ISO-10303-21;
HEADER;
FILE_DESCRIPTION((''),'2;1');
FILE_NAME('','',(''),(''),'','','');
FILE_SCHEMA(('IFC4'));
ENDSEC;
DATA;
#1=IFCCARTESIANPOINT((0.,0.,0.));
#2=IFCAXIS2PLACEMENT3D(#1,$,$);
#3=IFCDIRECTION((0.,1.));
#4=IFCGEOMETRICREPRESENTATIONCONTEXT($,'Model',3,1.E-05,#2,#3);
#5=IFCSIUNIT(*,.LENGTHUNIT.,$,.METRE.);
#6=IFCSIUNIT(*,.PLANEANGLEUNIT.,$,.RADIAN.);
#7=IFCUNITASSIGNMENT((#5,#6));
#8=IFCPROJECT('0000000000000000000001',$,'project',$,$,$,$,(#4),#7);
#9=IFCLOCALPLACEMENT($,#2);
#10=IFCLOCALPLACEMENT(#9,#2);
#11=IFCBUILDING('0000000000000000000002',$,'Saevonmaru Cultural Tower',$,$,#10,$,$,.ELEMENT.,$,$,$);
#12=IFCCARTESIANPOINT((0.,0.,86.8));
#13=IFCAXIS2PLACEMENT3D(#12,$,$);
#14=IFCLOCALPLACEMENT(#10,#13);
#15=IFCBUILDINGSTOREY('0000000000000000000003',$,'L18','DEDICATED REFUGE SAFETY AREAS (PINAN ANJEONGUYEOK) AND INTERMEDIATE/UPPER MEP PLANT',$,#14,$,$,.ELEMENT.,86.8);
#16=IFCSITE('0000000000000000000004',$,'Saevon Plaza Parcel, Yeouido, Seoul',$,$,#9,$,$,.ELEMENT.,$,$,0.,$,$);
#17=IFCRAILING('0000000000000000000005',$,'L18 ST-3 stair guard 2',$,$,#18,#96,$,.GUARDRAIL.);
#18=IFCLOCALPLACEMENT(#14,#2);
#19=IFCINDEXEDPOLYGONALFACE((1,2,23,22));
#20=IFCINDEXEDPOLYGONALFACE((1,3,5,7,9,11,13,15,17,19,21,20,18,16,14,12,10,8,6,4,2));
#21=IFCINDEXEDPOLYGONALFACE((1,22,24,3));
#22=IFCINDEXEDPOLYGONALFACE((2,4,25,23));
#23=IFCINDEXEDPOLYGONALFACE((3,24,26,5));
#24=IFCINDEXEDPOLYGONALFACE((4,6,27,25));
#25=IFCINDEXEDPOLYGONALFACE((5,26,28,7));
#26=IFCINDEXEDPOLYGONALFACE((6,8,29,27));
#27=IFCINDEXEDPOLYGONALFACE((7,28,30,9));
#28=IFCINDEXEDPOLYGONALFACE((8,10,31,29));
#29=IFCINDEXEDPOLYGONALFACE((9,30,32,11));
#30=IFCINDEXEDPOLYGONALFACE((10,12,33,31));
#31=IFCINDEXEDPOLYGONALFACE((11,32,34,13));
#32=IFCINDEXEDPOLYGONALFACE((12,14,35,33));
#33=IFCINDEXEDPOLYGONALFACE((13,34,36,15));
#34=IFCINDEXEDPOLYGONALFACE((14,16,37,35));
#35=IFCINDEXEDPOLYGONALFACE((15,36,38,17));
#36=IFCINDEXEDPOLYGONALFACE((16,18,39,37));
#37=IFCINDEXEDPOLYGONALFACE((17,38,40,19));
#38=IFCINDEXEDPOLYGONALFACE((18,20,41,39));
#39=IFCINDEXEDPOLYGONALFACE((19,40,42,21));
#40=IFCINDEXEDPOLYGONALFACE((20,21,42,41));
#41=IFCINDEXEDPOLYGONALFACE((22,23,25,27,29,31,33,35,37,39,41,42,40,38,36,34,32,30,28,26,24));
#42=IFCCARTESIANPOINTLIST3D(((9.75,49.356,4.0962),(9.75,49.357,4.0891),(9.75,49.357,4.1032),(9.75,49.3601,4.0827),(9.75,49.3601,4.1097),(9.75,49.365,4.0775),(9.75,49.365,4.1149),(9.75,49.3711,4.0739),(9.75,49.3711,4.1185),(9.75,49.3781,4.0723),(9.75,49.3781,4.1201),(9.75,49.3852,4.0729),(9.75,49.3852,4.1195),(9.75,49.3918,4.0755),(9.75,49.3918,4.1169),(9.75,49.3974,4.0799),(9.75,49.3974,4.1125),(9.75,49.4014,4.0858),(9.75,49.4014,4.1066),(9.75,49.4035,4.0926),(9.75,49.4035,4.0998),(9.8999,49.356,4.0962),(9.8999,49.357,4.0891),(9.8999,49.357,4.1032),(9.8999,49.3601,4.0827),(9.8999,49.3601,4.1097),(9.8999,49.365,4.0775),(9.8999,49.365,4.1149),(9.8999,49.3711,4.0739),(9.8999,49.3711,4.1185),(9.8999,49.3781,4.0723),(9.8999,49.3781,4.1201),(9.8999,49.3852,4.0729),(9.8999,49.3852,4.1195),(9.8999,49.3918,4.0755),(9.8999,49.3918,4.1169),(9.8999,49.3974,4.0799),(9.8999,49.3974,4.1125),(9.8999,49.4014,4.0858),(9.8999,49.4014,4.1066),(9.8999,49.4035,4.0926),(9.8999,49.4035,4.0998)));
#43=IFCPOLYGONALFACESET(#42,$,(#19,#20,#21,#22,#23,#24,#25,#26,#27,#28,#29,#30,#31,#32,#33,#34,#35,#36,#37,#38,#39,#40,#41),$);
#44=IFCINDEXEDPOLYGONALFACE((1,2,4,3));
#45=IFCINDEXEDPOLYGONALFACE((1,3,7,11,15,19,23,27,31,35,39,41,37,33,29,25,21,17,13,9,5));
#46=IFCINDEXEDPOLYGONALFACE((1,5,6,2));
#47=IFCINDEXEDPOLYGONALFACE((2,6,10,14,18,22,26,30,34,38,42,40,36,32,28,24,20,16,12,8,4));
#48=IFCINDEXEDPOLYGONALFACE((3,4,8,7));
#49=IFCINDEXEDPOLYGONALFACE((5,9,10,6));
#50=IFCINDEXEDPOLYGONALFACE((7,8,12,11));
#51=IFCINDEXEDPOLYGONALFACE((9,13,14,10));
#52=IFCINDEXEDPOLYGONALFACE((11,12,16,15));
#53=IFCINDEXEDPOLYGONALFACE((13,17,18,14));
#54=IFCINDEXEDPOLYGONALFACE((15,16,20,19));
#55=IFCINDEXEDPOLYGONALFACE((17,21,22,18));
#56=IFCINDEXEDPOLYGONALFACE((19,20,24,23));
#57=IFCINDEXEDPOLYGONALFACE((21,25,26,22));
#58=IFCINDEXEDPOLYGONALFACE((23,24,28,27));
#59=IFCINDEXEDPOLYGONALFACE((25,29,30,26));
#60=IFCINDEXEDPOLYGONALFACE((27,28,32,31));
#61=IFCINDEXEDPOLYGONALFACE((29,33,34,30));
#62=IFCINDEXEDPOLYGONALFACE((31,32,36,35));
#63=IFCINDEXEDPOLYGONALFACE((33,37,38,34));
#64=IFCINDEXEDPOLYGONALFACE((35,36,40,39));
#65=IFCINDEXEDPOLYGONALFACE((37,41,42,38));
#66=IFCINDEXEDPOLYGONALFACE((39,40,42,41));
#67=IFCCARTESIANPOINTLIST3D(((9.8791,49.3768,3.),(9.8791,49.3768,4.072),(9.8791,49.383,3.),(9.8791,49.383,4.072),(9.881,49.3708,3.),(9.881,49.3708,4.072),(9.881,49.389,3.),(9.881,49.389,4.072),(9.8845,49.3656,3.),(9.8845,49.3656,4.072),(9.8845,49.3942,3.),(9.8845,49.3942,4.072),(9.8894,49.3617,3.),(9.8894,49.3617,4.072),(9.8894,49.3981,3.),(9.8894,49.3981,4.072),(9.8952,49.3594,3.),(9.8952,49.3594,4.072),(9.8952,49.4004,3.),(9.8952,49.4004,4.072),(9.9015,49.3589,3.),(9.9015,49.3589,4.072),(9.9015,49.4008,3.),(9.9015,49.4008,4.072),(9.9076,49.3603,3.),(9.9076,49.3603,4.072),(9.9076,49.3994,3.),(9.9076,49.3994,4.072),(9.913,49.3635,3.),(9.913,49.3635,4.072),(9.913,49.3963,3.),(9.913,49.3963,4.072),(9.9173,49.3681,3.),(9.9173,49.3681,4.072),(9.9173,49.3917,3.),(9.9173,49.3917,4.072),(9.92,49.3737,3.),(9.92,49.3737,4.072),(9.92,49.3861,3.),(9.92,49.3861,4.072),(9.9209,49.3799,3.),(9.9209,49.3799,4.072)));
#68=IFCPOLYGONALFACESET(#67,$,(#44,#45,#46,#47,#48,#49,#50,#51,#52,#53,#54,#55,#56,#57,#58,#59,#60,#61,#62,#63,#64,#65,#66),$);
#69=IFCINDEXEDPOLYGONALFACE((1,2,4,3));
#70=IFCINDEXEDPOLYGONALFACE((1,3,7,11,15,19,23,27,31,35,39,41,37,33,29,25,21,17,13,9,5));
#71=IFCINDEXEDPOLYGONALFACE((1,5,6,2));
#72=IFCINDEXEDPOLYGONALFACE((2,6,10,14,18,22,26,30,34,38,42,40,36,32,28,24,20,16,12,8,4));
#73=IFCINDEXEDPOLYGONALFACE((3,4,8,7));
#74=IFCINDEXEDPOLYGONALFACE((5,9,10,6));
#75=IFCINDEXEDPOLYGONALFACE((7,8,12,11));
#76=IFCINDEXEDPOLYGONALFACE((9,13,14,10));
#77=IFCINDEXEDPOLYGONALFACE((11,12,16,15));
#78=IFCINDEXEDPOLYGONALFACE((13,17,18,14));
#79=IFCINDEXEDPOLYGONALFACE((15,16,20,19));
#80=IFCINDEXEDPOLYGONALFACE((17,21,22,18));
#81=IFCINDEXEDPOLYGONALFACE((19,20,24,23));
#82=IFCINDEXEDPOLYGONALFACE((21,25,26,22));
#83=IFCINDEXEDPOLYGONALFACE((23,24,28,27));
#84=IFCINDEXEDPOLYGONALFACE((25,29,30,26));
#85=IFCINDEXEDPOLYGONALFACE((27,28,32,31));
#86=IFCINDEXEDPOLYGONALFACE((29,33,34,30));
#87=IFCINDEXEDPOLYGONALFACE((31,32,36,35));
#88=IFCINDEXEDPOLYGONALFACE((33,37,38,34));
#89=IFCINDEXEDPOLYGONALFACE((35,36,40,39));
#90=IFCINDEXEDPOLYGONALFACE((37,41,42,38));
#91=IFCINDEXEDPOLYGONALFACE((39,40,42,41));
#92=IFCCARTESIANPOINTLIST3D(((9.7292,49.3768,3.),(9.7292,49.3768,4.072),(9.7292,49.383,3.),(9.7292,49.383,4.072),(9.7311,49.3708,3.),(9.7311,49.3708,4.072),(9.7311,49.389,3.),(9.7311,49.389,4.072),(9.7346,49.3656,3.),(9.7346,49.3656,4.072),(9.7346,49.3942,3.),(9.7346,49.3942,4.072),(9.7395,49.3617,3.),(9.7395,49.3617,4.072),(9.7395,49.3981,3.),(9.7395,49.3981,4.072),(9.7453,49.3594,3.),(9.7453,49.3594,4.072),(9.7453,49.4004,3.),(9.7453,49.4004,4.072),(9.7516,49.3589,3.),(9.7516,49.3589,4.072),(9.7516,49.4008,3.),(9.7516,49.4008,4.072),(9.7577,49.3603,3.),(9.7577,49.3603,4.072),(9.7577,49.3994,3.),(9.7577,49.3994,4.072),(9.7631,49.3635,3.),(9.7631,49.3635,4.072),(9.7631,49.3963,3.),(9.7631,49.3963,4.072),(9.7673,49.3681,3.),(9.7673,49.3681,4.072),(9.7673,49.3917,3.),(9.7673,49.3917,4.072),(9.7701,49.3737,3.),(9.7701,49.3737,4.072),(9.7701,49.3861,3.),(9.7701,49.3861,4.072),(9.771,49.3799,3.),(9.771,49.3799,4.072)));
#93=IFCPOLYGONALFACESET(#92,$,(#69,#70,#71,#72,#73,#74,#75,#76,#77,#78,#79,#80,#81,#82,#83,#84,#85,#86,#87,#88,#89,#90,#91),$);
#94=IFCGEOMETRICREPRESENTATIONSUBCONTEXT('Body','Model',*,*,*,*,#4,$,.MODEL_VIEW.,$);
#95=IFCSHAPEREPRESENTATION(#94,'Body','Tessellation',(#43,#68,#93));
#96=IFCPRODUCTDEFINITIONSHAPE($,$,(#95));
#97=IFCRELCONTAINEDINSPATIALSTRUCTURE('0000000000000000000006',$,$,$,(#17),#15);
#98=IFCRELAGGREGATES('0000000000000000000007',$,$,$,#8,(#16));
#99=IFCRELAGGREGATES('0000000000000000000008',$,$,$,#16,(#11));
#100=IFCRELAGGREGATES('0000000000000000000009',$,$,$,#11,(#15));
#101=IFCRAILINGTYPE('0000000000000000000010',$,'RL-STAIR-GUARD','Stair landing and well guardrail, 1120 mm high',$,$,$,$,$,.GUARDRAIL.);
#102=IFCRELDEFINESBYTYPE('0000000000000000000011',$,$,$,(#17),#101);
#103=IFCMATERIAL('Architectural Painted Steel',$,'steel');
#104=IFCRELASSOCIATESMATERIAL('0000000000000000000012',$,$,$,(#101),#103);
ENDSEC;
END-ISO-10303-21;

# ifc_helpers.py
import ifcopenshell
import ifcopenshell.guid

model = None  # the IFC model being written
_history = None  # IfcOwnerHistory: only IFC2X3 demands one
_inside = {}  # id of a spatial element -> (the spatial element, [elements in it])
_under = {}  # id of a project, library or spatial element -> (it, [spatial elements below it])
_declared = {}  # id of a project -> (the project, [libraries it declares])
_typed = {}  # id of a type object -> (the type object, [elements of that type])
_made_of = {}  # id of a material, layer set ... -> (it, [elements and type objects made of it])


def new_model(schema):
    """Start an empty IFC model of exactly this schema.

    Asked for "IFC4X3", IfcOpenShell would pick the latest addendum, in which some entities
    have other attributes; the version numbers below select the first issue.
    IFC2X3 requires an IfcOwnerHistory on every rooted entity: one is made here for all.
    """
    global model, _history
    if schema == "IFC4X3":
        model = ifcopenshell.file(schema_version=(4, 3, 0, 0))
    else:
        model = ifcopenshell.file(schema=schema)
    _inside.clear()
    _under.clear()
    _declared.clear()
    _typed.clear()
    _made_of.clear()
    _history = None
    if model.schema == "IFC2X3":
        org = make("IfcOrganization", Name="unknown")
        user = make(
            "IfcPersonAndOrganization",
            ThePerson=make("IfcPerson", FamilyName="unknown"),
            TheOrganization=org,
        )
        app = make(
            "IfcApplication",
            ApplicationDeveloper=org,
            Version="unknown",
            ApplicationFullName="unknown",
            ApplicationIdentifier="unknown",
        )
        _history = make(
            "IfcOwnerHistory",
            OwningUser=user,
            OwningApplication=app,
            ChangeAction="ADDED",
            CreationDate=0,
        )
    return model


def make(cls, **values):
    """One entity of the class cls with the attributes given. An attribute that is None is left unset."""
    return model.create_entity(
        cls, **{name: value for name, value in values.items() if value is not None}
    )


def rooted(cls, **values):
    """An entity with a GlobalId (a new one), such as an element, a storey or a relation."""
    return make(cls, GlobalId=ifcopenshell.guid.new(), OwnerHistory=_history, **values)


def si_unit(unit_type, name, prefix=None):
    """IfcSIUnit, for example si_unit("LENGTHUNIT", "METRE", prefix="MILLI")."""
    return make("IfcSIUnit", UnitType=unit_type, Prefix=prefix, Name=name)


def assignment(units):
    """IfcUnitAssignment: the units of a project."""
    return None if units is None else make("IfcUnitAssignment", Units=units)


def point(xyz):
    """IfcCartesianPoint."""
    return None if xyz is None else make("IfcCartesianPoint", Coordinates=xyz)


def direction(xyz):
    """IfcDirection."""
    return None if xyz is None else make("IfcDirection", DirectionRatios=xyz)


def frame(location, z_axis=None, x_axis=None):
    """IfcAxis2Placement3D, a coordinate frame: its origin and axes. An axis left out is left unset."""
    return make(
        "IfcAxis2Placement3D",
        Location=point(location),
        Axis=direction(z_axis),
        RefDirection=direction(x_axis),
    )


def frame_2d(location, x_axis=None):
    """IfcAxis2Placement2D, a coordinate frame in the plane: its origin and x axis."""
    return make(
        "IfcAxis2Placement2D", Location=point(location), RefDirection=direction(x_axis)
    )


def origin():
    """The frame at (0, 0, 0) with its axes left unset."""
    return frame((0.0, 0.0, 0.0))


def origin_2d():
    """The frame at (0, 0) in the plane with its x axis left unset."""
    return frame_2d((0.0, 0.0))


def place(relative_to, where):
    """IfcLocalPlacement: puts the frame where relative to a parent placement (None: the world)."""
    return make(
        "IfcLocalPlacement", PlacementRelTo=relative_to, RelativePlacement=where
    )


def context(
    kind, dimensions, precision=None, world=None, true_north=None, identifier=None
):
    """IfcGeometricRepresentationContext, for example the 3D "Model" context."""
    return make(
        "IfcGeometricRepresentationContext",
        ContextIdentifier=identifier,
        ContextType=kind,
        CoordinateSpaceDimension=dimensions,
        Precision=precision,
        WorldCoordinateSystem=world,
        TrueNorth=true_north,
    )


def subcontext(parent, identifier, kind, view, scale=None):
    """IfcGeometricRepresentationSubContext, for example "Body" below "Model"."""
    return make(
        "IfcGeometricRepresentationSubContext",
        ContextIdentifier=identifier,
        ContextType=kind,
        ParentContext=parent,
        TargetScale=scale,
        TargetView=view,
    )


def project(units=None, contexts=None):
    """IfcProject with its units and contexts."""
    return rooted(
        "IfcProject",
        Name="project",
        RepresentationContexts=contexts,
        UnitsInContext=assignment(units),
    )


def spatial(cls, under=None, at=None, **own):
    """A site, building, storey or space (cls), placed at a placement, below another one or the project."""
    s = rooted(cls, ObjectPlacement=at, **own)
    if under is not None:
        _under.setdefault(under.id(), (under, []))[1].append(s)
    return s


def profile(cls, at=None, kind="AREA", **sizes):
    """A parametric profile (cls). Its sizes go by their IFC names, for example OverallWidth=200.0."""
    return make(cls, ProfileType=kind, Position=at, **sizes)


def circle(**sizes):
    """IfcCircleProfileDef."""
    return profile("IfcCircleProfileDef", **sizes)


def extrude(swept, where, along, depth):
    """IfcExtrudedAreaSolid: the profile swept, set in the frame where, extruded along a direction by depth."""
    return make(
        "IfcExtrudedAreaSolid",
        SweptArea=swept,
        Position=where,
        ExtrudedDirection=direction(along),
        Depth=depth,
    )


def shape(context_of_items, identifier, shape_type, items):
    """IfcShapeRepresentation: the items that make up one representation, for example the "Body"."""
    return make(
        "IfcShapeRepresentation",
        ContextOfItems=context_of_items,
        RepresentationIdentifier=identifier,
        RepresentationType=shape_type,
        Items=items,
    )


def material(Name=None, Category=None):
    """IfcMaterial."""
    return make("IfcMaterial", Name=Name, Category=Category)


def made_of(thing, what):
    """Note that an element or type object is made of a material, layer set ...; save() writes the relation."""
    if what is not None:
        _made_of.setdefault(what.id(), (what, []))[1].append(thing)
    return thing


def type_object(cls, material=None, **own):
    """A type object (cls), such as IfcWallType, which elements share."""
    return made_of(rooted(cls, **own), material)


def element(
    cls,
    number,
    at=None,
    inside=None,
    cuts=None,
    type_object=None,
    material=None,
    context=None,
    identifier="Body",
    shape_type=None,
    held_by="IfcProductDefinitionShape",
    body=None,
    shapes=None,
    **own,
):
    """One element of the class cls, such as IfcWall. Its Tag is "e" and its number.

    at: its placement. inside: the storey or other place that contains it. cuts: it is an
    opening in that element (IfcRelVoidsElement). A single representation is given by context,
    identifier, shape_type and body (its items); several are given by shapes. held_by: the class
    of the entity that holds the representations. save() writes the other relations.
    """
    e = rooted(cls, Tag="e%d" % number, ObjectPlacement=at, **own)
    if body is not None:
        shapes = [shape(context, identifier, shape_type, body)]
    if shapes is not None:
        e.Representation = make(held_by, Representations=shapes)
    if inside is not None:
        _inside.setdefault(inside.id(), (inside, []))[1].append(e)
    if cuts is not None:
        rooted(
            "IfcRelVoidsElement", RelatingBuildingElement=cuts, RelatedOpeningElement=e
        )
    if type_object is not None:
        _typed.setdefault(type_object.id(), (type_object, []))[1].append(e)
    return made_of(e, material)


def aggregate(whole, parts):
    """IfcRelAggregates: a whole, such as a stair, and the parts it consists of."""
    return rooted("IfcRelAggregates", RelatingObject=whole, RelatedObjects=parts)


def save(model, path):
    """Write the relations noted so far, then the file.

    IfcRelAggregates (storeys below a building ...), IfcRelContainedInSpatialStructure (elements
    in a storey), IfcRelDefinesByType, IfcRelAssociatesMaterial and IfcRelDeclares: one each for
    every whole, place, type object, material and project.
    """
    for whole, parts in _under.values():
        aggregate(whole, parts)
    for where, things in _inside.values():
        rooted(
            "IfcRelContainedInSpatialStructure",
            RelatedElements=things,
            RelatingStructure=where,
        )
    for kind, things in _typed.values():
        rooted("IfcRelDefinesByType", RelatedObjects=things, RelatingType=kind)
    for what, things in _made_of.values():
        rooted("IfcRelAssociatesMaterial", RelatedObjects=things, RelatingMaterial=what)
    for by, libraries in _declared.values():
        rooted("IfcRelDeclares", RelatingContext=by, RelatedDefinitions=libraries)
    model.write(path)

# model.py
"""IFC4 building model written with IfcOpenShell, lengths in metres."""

from ifc_helpers import new_model, si_unit, direction, frame, origin, origin_2d, place, context, subcontext, project, spatial, circle, extrude, material, type_object, element, save


model = new_model("IFC4")

# Units and contexts
model_context = context("Model", 3, precision=1e-05, world=origin(), true_north=direction((0.0, 1.0)))
body_context = subcontext(model_context, "Body", "Model", "MODEL_VIEW")
ifc_project = project(units=[si_unit("LENGTHUNIT", "METRE"), si_unit("PLANEANGLEUNIT", "RADIAN")], contexts=[model_context])

# Site, building, storey
site_placement = place(None, origin())
site = spatial("IfcSite", under=ifc_project, at=site_placement, Name="Saevon Plaza Parcel, Yeouido, Seoul", CompositionType="ELEMENT", RefElevation=0.0)
building_placement = place(site_placement, origin())
building = spatial("IfcBuilding", under=site, at=building_placement, Name="Saevonmaru Cultural Tower", CompositionType="ELEMENT")
storey_placement = place(building_placement, frame((0.0, 0.0, 86.8)))
storey = spatial("IfcBuildingStorey", under=building, at=storey_placement, Name="L18", Description="DEDICATED REFUGE SAFETY AREAS (PINAN ANJEONGUYEOK) AND INTERMEDIATE/UPPER MEP PLANT", CompositionType="ELEMENT", Elevation=86.8)

# Railing
ifc_material_1 = material(Name="Architectural Painted Steel", Category="steel")
railing_type_1 = type_object("IfcRailingType", Name="RL-STAIR-GUARD", Description="Stair landing and well guardrail, 1120 mm high", PredefinedType="GUARDRAIL", material=ifc_material_1)
railing_1_placement = place(storey_placement, frame((9.8999, 49.3799, 3.0)))
element("IfcRailing", 1, at=railing_1_placement, inside=storey, type_object=railing_type_1, Name="L18 ST-3 stair guard 2", PredefinedType="GUARDRAIL", context=body_context, shape_type="SweptSolid", body=[
    extrude(circle(Radius=0.0239, at=origin_2d()), frame((0.0, 0.0, 1.0962), z_axis=(-1.0, 0.0, 0.0), x_axis=(0.0, -1.0, 0.0)), (0.0, 0.0, 1.0), 0.1499),
    extrude(circle(Radius=0.021, at=origin_2d()), origin(), (0.0, 0.0, 1.0), 1.072),
    extrude(circle(Radius=0.021, at=origin_2d()), frame((-0.1499, 0.0, 0.0)), (0.0, 0.0, 1.0), 1.072),
])

save(model, "model.ifc")
